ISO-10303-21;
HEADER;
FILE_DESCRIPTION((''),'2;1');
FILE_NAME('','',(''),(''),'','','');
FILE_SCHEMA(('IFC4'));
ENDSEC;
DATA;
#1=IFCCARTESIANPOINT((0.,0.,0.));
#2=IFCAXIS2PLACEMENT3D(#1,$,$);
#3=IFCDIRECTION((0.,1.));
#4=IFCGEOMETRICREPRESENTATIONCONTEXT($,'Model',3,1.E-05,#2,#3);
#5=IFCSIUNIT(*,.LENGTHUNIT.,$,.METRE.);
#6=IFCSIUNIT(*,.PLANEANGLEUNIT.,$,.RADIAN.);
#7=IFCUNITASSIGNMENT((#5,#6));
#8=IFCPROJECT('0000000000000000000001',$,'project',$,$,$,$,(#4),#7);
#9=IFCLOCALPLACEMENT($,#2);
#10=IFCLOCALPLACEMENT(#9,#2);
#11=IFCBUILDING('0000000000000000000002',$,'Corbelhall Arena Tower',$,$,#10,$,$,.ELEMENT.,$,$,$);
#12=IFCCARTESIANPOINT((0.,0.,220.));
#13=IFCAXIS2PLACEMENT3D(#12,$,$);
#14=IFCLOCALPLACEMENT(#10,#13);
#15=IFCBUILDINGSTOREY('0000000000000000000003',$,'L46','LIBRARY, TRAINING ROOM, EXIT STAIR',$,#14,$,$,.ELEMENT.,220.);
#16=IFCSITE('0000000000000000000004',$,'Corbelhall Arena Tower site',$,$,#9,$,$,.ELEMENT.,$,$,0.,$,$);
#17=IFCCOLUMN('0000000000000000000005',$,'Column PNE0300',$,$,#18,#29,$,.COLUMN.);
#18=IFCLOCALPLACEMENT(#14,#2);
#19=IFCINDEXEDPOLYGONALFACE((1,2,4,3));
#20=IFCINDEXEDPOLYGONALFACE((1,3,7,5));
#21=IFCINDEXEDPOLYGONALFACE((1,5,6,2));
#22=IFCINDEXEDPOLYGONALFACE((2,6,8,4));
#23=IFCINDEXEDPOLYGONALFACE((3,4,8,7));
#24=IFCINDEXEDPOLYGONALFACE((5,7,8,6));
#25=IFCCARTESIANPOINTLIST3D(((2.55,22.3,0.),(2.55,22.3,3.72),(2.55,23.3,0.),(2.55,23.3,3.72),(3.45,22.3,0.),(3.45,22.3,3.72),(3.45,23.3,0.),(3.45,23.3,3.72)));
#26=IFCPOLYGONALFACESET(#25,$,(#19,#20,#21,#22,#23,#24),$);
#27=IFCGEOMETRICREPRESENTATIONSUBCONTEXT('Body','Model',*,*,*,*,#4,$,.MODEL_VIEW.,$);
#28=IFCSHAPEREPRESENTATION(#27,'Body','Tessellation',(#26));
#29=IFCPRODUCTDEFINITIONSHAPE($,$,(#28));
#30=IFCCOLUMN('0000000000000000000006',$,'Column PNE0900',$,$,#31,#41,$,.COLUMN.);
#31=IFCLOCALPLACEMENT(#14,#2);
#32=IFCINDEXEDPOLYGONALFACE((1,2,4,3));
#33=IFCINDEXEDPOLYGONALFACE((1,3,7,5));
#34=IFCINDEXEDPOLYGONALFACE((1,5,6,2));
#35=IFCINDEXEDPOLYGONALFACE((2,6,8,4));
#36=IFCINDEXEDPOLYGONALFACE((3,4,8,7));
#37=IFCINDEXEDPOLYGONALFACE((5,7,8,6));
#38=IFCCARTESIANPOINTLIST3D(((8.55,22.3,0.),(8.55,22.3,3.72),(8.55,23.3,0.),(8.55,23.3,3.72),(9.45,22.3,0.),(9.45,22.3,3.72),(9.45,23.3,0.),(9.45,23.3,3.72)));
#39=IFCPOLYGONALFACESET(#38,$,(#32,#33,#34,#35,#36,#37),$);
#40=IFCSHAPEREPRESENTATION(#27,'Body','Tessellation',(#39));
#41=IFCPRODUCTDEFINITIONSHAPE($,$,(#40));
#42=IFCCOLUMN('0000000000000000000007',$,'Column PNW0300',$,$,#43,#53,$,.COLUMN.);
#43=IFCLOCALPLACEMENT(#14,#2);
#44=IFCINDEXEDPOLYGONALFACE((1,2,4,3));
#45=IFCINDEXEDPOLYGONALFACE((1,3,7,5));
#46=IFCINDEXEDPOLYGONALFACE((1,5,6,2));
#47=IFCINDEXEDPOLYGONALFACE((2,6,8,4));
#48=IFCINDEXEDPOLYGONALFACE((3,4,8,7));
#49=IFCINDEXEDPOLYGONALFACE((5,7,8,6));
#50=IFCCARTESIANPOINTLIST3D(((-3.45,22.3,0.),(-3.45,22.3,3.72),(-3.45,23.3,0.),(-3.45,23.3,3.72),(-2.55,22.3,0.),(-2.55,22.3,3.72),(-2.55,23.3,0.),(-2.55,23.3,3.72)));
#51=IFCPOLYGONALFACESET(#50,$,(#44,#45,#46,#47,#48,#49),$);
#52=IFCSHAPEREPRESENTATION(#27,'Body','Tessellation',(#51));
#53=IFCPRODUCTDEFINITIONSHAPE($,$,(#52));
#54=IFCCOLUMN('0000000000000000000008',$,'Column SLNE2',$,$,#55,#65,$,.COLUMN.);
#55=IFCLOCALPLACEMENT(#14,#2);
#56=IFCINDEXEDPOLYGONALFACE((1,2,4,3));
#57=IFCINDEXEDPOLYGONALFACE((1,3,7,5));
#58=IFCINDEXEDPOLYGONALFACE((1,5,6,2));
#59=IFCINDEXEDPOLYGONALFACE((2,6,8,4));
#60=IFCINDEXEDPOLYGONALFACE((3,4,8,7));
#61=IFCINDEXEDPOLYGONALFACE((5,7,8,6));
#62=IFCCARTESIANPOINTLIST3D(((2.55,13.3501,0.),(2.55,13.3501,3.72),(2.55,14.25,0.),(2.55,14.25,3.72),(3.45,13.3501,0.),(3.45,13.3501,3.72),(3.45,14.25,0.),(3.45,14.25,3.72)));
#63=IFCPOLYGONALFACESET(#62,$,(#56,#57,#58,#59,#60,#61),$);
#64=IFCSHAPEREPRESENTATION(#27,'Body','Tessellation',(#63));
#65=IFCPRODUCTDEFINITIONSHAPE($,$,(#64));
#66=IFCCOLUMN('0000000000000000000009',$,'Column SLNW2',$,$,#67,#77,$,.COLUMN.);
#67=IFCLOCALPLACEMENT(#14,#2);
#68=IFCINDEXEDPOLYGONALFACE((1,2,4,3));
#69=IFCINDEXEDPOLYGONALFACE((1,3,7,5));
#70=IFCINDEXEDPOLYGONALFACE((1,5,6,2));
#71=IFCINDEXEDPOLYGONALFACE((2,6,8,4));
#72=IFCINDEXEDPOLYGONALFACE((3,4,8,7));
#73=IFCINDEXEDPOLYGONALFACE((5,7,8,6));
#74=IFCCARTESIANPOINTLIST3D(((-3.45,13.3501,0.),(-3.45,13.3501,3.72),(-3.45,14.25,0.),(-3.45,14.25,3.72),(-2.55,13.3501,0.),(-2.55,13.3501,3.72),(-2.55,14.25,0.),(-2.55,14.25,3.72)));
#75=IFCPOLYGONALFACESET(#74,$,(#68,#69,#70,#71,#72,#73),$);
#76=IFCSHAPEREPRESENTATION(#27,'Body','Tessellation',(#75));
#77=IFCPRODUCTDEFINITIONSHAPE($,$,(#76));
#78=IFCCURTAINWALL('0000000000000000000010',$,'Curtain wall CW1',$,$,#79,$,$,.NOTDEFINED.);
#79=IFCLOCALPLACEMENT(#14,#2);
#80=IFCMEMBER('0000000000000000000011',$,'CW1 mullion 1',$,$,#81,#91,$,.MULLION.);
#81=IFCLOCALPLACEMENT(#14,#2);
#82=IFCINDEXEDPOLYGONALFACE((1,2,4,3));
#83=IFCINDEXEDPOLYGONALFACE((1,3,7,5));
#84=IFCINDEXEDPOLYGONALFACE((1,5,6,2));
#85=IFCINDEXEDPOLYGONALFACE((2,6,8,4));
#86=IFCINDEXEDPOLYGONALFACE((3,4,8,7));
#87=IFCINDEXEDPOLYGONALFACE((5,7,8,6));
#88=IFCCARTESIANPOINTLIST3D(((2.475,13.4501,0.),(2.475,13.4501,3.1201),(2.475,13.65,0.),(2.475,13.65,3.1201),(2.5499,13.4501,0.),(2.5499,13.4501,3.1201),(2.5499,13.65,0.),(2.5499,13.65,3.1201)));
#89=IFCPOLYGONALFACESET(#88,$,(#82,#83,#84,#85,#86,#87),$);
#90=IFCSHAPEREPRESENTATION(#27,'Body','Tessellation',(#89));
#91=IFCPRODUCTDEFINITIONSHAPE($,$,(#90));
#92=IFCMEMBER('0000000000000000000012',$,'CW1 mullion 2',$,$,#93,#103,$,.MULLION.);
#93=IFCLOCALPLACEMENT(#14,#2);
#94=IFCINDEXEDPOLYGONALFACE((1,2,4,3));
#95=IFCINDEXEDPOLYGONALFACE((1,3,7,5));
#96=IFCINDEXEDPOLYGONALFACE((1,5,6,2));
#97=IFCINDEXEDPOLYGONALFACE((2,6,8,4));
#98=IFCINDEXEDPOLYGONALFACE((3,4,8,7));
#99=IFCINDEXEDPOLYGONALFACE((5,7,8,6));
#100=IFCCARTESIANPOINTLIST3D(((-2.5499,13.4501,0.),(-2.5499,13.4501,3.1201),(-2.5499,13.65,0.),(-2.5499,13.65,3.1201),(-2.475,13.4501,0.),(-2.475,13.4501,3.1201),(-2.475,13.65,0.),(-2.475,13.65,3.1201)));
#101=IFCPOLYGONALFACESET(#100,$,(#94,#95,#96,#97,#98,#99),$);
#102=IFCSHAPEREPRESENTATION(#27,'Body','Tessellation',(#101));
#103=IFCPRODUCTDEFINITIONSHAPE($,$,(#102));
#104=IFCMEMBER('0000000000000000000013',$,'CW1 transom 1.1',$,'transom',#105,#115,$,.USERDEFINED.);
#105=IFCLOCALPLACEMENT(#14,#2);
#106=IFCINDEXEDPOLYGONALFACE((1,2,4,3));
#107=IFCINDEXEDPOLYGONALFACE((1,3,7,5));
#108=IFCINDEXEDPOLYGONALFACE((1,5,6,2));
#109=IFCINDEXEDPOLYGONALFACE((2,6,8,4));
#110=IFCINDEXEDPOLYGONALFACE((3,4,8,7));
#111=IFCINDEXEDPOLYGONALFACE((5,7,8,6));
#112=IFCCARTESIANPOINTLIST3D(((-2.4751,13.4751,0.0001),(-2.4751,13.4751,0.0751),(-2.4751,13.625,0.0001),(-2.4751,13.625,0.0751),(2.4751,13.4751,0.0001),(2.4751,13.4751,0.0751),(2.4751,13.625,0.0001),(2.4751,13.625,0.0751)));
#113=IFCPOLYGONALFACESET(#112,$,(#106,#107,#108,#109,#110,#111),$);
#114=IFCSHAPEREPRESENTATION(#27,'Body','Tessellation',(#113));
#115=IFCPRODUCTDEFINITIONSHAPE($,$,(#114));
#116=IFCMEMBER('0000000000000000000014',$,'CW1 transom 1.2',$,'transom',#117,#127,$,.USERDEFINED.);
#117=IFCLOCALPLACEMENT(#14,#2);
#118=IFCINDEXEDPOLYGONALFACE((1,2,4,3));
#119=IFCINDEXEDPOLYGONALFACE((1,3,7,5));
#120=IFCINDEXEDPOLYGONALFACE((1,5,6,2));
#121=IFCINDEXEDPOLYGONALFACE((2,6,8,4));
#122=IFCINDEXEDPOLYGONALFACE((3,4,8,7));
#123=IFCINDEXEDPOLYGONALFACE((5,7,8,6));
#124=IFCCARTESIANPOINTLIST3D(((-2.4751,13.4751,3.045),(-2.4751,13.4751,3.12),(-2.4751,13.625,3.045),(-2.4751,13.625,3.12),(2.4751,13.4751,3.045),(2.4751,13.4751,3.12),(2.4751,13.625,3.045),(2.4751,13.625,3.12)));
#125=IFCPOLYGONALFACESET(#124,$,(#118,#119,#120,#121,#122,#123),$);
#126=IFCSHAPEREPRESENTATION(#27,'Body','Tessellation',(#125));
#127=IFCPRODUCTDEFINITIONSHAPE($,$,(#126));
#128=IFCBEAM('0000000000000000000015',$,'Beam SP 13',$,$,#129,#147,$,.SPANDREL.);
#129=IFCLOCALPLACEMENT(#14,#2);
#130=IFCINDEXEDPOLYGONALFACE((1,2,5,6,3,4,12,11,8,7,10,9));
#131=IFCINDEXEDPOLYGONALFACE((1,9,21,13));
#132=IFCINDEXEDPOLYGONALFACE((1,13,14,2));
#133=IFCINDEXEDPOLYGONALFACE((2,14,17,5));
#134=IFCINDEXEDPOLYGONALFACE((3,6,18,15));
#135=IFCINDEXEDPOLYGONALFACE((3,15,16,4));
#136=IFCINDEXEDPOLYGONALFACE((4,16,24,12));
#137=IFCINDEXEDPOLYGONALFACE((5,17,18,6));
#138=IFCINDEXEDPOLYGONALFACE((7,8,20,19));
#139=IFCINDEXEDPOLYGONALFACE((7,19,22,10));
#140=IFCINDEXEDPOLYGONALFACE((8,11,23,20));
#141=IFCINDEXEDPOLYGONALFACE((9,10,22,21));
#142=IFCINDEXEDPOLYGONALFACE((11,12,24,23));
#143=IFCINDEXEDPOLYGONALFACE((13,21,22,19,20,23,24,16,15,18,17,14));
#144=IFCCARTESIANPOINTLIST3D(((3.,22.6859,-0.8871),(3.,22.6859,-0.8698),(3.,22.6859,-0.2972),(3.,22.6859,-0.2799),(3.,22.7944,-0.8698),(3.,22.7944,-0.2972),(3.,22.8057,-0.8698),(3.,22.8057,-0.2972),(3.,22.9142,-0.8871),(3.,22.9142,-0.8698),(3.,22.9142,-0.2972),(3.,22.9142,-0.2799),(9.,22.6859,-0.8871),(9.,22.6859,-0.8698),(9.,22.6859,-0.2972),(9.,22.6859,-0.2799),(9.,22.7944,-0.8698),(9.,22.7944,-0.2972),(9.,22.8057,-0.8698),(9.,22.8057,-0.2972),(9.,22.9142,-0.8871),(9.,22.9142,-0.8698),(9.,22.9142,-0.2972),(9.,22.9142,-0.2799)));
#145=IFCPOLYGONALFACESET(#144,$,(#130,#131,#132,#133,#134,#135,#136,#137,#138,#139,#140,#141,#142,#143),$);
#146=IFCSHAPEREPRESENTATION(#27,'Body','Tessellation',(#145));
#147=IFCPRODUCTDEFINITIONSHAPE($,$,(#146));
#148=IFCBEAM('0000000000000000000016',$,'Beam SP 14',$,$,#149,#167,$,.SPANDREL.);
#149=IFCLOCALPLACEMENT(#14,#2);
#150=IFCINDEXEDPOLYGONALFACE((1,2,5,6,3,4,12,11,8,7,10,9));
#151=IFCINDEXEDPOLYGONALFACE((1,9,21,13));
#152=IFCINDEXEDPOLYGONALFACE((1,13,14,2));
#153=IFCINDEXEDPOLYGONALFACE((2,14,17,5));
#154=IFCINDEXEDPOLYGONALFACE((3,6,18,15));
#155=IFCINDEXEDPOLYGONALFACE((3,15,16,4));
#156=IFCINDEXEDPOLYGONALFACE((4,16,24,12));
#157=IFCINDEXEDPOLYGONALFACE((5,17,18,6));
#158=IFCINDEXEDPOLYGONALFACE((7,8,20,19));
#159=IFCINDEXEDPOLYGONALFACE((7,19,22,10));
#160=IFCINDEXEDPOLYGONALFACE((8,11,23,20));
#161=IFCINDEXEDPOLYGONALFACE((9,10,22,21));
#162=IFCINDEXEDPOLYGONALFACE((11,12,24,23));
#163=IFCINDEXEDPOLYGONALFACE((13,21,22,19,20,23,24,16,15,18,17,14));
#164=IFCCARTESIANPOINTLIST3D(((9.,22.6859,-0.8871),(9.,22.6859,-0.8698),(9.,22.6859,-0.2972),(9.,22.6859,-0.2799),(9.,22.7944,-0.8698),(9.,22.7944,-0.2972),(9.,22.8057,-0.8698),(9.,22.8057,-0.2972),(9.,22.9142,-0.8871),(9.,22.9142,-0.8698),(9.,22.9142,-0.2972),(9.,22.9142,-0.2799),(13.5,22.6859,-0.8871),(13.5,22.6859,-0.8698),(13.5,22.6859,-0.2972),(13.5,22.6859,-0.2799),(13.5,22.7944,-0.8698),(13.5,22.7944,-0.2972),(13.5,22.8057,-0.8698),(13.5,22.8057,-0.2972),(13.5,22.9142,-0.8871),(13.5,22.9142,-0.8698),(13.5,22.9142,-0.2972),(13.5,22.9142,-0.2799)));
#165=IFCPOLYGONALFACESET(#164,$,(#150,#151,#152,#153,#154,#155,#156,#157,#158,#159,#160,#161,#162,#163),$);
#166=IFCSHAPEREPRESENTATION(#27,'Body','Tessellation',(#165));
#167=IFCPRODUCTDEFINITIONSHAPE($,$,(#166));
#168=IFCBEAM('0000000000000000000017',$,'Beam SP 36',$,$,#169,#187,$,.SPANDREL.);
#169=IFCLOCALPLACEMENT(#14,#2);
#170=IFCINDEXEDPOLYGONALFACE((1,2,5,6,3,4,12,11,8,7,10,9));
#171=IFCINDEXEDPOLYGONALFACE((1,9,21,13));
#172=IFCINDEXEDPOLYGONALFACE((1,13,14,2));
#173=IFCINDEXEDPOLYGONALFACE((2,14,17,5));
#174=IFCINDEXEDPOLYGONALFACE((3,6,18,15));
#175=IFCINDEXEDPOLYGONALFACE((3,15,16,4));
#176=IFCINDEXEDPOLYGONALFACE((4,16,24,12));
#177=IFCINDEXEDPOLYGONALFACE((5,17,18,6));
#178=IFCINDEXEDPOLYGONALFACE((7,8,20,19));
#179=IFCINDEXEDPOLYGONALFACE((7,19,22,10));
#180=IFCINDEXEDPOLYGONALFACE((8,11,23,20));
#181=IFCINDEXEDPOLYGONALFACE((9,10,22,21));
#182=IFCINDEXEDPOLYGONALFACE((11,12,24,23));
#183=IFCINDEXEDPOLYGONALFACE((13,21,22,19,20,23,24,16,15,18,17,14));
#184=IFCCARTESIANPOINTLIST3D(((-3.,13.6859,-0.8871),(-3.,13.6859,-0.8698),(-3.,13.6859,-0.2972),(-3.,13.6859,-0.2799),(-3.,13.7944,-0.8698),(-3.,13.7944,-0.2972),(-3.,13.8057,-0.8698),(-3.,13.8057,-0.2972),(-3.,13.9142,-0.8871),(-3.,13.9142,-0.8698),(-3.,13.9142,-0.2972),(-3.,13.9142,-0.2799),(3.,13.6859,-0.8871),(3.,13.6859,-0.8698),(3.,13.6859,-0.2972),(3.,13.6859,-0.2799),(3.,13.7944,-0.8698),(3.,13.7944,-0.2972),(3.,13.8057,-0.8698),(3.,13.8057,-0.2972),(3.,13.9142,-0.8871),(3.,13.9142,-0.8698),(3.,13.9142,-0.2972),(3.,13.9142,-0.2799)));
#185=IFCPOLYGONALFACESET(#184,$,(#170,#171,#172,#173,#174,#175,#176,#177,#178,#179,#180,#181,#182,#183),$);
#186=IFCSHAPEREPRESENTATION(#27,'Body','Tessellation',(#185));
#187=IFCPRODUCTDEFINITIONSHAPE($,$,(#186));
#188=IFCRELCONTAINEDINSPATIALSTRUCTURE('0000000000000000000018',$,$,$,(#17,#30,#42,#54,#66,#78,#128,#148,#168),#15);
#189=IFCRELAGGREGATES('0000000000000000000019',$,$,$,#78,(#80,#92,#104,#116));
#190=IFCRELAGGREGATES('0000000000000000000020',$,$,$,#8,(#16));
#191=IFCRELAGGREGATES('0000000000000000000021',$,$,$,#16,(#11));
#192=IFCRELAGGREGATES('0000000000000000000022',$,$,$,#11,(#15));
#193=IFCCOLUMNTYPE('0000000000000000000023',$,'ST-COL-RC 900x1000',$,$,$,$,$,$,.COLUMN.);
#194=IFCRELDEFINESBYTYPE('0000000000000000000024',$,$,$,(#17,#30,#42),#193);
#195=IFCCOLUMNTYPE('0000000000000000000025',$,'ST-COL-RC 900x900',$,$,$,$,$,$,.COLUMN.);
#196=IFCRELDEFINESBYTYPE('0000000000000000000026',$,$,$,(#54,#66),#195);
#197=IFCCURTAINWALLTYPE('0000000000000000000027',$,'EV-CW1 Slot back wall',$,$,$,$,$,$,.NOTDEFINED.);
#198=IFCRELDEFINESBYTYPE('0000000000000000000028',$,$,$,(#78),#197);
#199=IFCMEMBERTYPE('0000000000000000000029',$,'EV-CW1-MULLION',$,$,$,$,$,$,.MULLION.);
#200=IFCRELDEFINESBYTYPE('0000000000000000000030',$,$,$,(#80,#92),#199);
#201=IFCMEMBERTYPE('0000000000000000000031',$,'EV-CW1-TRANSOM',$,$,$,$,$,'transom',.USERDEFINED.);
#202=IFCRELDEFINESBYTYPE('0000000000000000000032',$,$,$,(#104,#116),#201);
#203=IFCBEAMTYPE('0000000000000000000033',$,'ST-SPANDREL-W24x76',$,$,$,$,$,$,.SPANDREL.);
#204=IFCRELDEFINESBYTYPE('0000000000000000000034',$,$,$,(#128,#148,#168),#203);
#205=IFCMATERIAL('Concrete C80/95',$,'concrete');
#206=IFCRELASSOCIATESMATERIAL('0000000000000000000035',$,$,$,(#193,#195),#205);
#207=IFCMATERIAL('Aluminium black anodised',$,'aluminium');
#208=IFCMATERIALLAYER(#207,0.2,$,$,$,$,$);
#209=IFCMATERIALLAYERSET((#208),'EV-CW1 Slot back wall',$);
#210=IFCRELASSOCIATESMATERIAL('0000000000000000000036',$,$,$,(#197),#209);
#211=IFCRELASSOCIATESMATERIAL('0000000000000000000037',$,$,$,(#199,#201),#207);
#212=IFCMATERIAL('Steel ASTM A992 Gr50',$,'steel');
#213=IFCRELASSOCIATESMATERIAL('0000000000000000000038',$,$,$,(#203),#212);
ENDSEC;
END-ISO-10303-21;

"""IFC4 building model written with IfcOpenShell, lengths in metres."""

from ifc_helpers import new_model, si_unit, direction, frame, origin, origin_2d, place, context, subcontext, project, spatial, rectangle, i_section, extrude, material, layer, layer_set, material_profile, profile_set, type_object, element, aggregate, save


model = new_model("IFC4")

# Units and contexts
model_context = context("Model", 3, precision=1e-05, world=origin(), true_north=direction((0.0, 1.0)))
body_context = subcontext(model_context, "Body", "Model", "MODEL_VIEW")
ifc_project = project(units=[si_unit("LENGTHUNIT", "METRE"), si_unit("PLANEANGLEUNIT", "RADIAN")], contexts=[model_context])

# Site, building, storey
site_placement = place(None, origin())
site = spatial("IfcSite", under=ifc_project, at=site_placement, Name="Corbelhall Arena Tower site", CompositionType="ELEMENT", RefElevation=0.0)
building_placement = place(site_placement, origin())
building = spatial("IfcBuilding", under=site, at=building_placement, Name="Corbelhall Arena Tower", CompositionType="ELEMENT")
storey_placement = place(building_placement, frame((0.0, 0.0, 220.0)))
storey = spatial("IfcBuildingStorey", under=building, at=storey_placement, Name="L46", Description="LIBRARY, TRAINING ROOM, EXIT STAIR", CompositionType="ELEMENT", Elevation=220.0)

# Columns
ifc_material_1 = material(Name="Concrete C80/95", Category="concrete")
ifc_material_profile_1 = material_profile(ifc_material_1, rectangle(XDim=0.8999, YDim=1.0, at=origin_2d()))
ifc_profile_set_1 = profile_set([ifc_material_profile_1], Name="Concrete C80/95")
column_type_1 = type_object("IfcColumnType", Name="ST-COL-RC 900x1000", PredefinedType="COLUMN", material=ifc_profile_set_1)
for number, where, z_axis, x_axis, name in (
    (1, (3.0, 22.8, 0.0), (0.0, 0.0, 1.0), (1.0, 0.0, 0.0), "Column PNE0300"),
    (2, (9.0, 22.8, 0.0), (0.0, 0.0, 1.0), (1.0, 0.0, 0.0), "Column PNE0900"),
    (3, (-3.0, 22.8, 0.0), (0.0, 0.0, 1.0), (1.0, 0.0, 0.0), "Column PNW0300"),
):
    element("IfcColumn", number, at=place(storey_placement, frame(where, z_axis=z_axis, x_axis=x_axis)), inside=storey, type_object=column_type_1, Name=name, PredefinedType="COLUMN", context=body_context, shape_type="SweptSolid", body=[
        extrude(rectangle(XDim=0.8999, YDim=1.0, at=origin_2d()), origin(), (0.0, 0.0, 1.0), 3.72),
    ])
ifc_material_profile_2 = material_profile(ifc_material_1, rectangle(XDim=0.8999, YDim=0.8999, at=origin_2d()))
ifc_profile_set_2 = profile_set([ifc_material_profile_2], Name="Concrete C80/95")
column_type_2 = type_object("IfcColumnType", Name="ST-COL-RC 900x900", PredefinedType="COLUMN", material=ifc_profile_set_2)
for number, where, z_axis, x_axis, name in (
    (4, (3.0, 13.8, 0.0), (0.0, 0.0, 1.0), (1.0, 0.0, 0.0), "Column SLNE2"),
    (5, (-3.0, 13.8, 0.0), (0.0, 0.0, 1.0), (1.0, 0.0, 0.0), "Column SLNW2"),
):
    element("IfcColumn", number, at=place(storey_placement, frame(where, z_axis=z_axis, x_axis=x_axis)), inside=storey, type_object=column_type_2, Name=name, PredefinedType="COLUMN", context=body_context, shape_type="SweptSolid", body=[
        extrude(rectangle(XDim=0.8999, YDim=0.8999, at=origin_2d()), origin(), (0.0, 0.0, 1.0), 3.72),
    ])

# Curtain wall, members
ifc_material_2 = material(Name="Aluminium black anodised", Category="aluminium")
ifc_layer_1 = layer(ifc_material_2, 0.2)
ifc_layer_set_1 = layer_set([ifc_layer_1], Name="EV-CW1 Slot back wall")
curtain_wall_type = type_object("IfcCurtainWallType", Name="EV-CW1 Slot back wall", PredefinedType="NOTDEFINED", material=ifc_layer_set_1)
curtain_wall_placement = place(storey_placement, origin())
curtain_wall = element("IfcCurtainWall", 6, at=curtain_wall_placement, inside=storey, type_object=curtain_wall_type, Name="Curtain wall CW1", PredefinedType="NOTDEFINED")
ifc_material_profile_3 = material_profile(ifc_material_2, rectangle(XDim=0.2, YDim=0.075, at=origin_2d()))
ifc_profile_set_3 = profile_set([ifc_material_profile_3], Name="Aluminium black anodised")
member_type_1 = type_object("IfcMemberType", Name="EV-CW1-MULLION", PredefinedType="MULLION", material=ifc_profile_set_3)
member_1_placement = place(storey_placement, frame((2.5125, 13.55, 0.0), z_axis=(0.0, 0.0, 1.0), x_axis=(0.0, -1.0, 0.0)))
member_1 = element("IfcMember", 7, at=member_1_placement, type_object=member_type_1, Name="CW1 mullion 1", PredefinedType="MULLION", context=body_context, shape_type="SweptSolid", body=[
    extrude(rectangle(XDim=0.2, YDim=0.075, at=origin_2d()), origin(), (0.0, 0.0, 1.0), 3.1201),
])
member_2_placement = place(storey_placement, frame((-2.5125, 13.55, 0.0), z_axis=(0.0, 0.0, 1.0), x_axis=(0.0, -1.0, 0.0)))
member_2 = element("IfcMember", 8, at=member_2_placement, type_object=member_type_1, Name="CW1 mullion 2", PredefinedType="MULLION", context=body_context, shape_type="SweptSolid", body=[
    extrude(rectangle(XDim=0.2, YDim=0.075, at=origin_2d()), origin(), (0.0, 0.0, 1.0), 3.1201),
])
ifc_material_profile_4 = material_profile(ifc_material_2, rectangle(XDim=0.1499, YDim=0.075, at=origin_2d()))
ifc_profile_set_4 = profile_set([ifc_material_profile_4], Name="Aluminium black anodised")
member_type_2 = type_object("IfcMemberType", Name="EV-CW1-TRANSOM", ElementType="transom", PredefinedType="USERDEFINED", material=ifc_profile_set_4)
member_3_placement = place(storey_placement, frame((2.4751, 13.55, 0.0376), z_axis=(-1.0, 0.0, 0.0), x_axis=(0.0, -1.0, 0.0)))
member_3 = element("IfcMember", 9, at=member_3_placement, type_object=member_type_2, Name="CW1 transom 1.1", ObjectType="transom", PredefinedType="USERDEFINED", context=body_context, shape_type="SweptSolid", body=[
    extrude(rectangle(XDim=0.1499, YDim=0.075, at=origin_2d()), origin(), (0.0, 0.0, 1.0), 4.9502),
])
member_4_placement = place(storey_placement, frame((2.4751, 13.55, 3.0825), z_axis=(-1.0, 0.0, 0.0), x_axis=(0.0, -1.0, 0.0)))
member_4 = element("IfcMember", 10, at=member_4_placement, type_object=member_type_2, Name="CW1 transom 1.2", ObjectType="transom", PredefinedType="USERDEFINED", context=body_context, shape_type="SweptSolid", body=[
    extrude(rectangle(XDim=0.1499, YDim=0.075, at=origin_2d()), origin(), (0.0, 0.0, 1.0), 4.9502),
])

# Beams
ifc_material_3 = material(Name="Steel ASTM A992 Gr50", Category="steel")
ifc_material_profile_5 = material_profile(ifc_material_3, i_section(OverallWidth=0.2283, OverallDepth=0.6072, WebThickness=0.0112, FlangeThickness=0.0173, at=origin_2d()))
ifc_profile_set_5 = profile_set([ifc_material_profile_5], Name="Steel ASTM A992 Gr50")
beam_type_1 = type_object("IfcBeamType", Name="ST-SPANDREL-W24x76", PredefinedType="SPANDREL", material=ifc_profile_set_5)
beam_1_placement = place(storey_placement, frame((3.0, 22.8, -0.5835), z_axis=(1.0, 0.0, 0.0), x_axis=(0.0, 1.0, 0.0)))
element("IfcBeam", 11, at=beam_1_placement, inside=storey, type_object=beam_type_1, Name="Beam SP 13", PredefinedType="SPANDREL", context=body_context, shape_type="SweptSolid", body=[
    extrude(i_section(OverallWidth=0.2283, OverallDepth=0.6072, WebThickness=0.0112, FlangeThickness=0.0173, at=origin_2d()), origin(), (0.0, 0.0, 1.0), 6.0),
])
beam_2_placement = place(storey_placement, frame((9.0, 22.8, -0.5835), z_axis=(1.0, 0.0, 0.0), x_axis=(0.0, 1.0, 0.0)))
element("IfcBeam", 12, at=beam_2_placement, inside=storey, type_object=beam_type_1, Name="Beam SP 14", PredefinedType="SPANDREL", context=body_context, shape_type="SweptSolid", body=[
    extrude(i_section(OverallWidth=0.2283, OverallDepth=0.6072, WebThickness=0.0112, FlangeThickness=0.0173, at=origin_2d()), origin(), (0.0, 0.0, 1.0), 4.5),
])
beam_3_placement = place(storey_placement, frame((-3.0, 13.8, -0.5835), z_axis=(1.0, 0.0, 0.0), x_axis=(0.0, 1.0, 0.0)))
element("IfcBeam", 13, at=beam_3_placement, inside=storey, type_object=beam_type_1, Name="Beam SP 36", PredefinedType="SPANDREL", context=body_context, shape_type="SweptSolid", body=[
    extrude(i_section(OverallWidth=0.2283, OverallDepth=0.6072, WebThickness=0.0112, FlangeThickness=0.0173, at=origin_2d()), origin(), (0.0, 0.0, 1.0), 6.0),
])

aggregate(curtain_wall, [member_1, member_2, member_3, member_4])

save(model, "model.ifc")
